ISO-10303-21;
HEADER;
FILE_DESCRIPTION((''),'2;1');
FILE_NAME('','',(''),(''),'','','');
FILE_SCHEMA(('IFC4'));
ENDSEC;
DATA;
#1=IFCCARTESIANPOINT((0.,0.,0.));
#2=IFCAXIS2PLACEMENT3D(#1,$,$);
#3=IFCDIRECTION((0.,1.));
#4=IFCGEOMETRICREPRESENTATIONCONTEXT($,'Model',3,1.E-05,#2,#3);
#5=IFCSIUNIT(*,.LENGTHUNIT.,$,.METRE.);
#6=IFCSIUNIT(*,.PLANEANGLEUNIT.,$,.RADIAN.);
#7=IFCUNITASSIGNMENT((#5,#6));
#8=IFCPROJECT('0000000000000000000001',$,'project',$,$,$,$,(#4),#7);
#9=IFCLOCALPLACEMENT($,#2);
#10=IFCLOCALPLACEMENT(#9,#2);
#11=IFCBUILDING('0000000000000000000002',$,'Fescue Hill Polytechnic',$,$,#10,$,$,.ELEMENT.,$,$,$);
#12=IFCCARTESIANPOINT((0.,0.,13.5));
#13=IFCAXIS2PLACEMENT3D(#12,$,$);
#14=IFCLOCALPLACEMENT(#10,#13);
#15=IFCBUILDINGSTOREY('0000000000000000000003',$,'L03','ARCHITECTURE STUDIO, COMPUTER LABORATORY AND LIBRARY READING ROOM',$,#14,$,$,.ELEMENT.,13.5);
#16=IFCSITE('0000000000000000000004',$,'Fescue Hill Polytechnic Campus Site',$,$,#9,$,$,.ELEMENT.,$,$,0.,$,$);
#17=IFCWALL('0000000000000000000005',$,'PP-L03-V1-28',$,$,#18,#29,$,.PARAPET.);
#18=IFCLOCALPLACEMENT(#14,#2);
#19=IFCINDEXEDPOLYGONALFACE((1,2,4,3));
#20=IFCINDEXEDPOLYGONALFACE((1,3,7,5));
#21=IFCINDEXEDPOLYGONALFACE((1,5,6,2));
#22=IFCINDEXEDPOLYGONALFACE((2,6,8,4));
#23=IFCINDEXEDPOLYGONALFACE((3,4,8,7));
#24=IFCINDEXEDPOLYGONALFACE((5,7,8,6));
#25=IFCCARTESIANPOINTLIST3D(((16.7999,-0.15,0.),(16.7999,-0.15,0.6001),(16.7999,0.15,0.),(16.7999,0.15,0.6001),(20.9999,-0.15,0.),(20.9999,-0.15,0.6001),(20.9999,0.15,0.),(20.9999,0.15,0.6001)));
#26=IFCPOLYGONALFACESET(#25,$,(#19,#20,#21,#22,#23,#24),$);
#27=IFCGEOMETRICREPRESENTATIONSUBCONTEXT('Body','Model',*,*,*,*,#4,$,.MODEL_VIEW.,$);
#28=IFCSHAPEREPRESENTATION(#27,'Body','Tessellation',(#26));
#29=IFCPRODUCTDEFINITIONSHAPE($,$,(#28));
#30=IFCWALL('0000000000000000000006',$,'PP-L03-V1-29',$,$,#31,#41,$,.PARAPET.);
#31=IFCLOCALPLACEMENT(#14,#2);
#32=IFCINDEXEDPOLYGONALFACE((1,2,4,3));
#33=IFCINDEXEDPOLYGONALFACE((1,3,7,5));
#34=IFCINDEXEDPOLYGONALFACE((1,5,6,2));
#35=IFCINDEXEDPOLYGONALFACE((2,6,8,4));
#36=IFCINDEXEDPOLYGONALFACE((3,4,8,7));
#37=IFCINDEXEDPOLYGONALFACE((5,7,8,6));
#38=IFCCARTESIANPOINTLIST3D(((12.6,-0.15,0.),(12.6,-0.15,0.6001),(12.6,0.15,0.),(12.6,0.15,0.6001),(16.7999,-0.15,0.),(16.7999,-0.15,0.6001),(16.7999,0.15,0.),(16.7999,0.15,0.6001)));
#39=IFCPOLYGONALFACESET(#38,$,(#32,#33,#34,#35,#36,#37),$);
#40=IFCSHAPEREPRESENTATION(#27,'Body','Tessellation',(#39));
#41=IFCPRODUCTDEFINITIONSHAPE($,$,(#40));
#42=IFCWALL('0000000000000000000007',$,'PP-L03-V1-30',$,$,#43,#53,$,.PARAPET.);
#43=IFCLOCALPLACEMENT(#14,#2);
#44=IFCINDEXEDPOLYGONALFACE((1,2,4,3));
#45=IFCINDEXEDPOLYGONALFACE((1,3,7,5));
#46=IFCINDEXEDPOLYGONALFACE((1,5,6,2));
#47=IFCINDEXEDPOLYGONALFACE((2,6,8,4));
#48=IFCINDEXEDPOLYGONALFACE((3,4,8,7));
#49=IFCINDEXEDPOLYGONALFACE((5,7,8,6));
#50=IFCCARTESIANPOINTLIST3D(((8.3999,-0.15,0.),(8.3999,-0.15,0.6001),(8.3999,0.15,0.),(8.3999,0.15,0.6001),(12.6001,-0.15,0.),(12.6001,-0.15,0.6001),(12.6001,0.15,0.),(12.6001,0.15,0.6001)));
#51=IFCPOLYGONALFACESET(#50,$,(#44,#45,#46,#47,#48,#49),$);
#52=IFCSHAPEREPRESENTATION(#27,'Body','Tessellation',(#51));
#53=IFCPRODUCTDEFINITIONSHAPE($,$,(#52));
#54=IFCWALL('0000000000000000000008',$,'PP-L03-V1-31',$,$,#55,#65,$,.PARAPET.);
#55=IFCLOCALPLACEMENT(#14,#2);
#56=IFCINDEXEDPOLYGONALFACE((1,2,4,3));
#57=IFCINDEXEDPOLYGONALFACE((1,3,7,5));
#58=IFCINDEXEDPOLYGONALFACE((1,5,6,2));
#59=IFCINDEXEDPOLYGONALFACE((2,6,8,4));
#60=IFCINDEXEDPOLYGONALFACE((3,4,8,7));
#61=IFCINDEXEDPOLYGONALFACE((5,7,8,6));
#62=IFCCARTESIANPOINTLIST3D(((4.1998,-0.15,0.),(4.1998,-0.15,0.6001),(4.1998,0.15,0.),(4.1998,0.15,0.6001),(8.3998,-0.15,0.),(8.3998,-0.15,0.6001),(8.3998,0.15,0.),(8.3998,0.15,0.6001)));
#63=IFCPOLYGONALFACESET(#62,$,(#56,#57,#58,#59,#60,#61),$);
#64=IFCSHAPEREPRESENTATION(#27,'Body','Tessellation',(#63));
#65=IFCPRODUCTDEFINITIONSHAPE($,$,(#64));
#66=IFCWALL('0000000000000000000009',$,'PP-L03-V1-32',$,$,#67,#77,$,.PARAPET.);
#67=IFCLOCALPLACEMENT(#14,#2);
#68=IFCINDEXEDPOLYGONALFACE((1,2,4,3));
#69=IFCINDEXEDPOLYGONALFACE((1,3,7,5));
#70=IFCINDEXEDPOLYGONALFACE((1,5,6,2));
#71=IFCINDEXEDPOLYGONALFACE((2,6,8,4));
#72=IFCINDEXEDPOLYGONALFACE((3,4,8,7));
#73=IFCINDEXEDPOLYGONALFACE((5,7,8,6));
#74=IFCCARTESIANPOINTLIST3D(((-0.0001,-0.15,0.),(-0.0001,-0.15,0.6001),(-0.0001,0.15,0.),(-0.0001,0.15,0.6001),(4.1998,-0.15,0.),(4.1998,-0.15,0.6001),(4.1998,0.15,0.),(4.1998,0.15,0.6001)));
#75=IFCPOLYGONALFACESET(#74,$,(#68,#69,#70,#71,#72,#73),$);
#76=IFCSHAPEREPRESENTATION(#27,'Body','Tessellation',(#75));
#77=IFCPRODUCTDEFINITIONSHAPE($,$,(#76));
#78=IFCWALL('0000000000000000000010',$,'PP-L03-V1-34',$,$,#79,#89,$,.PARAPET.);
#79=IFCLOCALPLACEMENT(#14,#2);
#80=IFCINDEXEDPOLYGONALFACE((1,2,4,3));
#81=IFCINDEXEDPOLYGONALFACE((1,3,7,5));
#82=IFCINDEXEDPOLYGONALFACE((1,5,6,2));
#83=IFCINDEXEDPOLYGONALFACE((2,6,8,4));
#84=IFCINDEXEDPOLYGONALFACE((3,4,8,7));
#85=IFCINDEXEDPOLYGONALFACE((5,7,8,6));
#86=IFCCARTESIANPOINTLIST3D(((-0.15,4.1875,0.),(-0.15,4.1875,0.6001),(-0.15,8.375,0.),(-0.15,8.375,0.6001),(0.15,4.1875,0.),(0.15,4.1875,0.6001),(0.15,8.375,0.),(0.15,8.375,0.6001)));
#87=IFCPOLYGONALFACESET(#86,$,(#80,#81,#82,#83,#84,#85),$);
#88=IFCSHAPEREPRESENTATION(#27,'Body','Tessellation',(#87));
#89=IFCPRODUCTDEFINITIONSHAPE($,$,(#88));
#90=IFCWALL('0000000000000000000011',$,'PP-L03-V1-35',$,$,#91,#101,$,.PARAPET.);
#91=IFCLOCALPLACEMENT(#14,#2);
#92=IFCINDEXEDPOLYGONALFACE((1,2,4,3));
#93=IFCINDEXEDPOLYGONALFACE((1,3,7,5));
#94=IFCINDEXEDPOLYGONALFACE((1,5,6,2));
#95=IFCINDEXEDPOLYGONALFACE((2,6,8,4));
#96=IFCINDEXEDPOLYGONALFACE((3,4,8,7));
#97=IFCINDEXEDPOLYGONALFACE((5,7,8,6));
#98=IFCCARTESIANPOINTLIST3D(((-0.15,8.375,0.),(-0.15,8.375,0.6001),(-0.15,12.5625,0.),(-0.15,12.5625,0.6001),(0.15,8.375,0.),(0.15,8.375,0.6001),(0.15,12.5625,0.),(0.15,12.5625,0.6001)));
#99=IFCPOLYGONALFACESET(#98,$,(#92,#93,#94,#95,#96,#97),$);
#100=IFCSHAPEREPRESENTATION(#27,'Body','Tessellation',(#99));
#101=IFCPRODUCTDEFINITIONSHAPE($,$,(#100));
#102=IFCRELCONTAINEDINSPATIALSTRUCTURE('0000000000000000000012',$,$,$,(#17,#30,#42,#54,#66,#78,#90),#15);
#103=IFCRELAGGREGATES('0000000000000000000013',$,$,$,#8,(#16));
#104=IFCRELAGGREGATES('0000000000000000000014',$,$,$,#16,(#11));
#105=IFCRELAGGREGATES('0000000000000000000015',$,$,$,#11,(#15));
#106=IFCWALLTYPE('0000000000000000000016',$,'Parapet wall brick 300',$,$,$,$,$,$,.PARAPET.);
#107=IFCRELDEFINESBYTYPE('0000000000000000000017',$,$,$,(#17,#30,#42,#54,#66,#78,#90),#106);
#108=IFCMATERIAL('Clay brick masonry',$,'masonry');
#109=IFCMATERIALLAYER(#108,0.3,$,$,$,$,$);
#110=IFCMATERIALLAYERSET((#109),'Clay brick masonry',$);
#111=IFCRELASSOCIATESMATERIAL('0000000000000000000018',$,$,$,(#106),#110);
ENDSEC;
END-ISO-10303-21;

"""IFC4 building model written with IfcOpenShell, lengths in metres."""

from ifc_helpers import new_model, si_unit, direction, frame, frame_2d, origin, place, context, subcontext, project, spatial, rectangle, extrude, material, layer, layer_set, type_object, element, save


model = new_model("IFC4")

# Units and contexts
model_context = context("Model", 3, precision=1e-05, world=origin(), true_north=direction((0.0, 1.0)))
body_context = subcontext(model_context, "Body", "Model", "MODEL_VIEW")
ifc_project = project(units=[si_unit("LENGTHUNIT", "METRE"), si_unit("PLANEANGLEUNIT", "RADIAN")], contexts=[model_context])

# Site, building, storey
site_placement = place(None, origin())
site = spatial("IfcSite", under=ifc_project, at=site_placement, Name="Fescue Hill Polytechnic Campus Site", CompositionType="ELEMENT", RefElevation=0.0)
building_placement = place(site_placement, origin())
building = spatial("IfcBuilding", under=site, at=building_placement, Name="Fescue Hill Polytechnic", CompositionType="ELEMENT")
storey_placement = place(building_placement, frame((0.0, 0.0, 13.5)))
storey = spatial("IfcBuildingStorey", under=building, at=storey_placement, Name="L03", Description="ARCHITECTURE STUDIO, COMPUTER LABORATORY AND LIBRARY READING ROOM", CompositionType="ELEMENT", Elevation=13.5)

# Walls
ifc_material_1 = material(Name="Clay brick masonry", Category="masonry")
ifc_layer_1 = layer(ifc_material_1, 0.3)
ifc_layer_set_1 = layer_set([ifc_layer_1], Name="Clay brick masonry")
wall_type_1 = type_object("IfcWallType", Name="Parapet wall brick 300", PredefinedType="PARAPET", material=ifc_layer_set_1)
for number, where, z_axis, x_axis, name in (
    (1, (21.0, 0.0, 0.0), (0.0, 0.0, 1.0), (-1.0, 0.0, 0.0), "PP-L03-V1-28"),
    (2, (16.8, 0.0, 0.0), (0.0, 0.0, 1.0), (-1.0, 0.0, 0.0), "PP-L03-V1-29"),
):
    element("IfcWall", number, at=place(storey_placement, frame(where, z_axis=z_axis, x_axis=x_axis)), inside=storey, type_object=wall_type_1, Name=name, PredefinedType="PARAPET", context=body_context, shape_type="SweptSolid", body=[
        extrude(rectangle(XDim=4.2, YDim=0.3, at=frame_2d((2.1001, 0.0))), origin(), (0.0, 0.0, 1.0), 0.6001),
    ])
wall_1_placement = place(storey_placement, frame((12.6001, 0.0, 0.0), z_axis=(0.0, 0.0, 1.0), x_axis=(-1.0, 0.0, 0.0)))
element("IfcWall", 3, at=wall_1_placement, inside=storey, type_object=wall_type_1, Name="PP-L03-V1-30", PredefinedType="PARAPET", context=body_context, shape_type="SweptSolid", body=[
    extrude(rectangle(XDim=4.2002, YDim=0.3, at=frame_2d((2.1001, 0.0))), origin(), (0.0, 0.0, 1.0), 0.6001),
])
for number, where, z_axis, x_axis, name in (
    (4, (8.3999, 0.0, 0.0), (0.0, 0.0, 1.0), (-1.0, 0.0, 0.0), "PP-L03-V1-31"),
    (5, (4.2, 0.0, 0.0), (0.0, 0.0, 1.0), (-1.0, 0.0, 0.0), "PP-L03-V1-32"),
):
    element("IfcWall", number, at=place(storey_placement, frame(where, z_axis=z_axis, x_axis=x_axis)), inside=storey, type_object=wall_type_1, Name=name, PredefinedType="PARAPET", context=body_context, shape_type="SweptSolid", body=[
        extrude(rectangle(XDim=4.2, YDim=0.3, at=frame_2d((2.1001, 0.0))), origin(), (0.0, 0.0, 1.0), 0.6001),
    ])
for number, where, z_axis, x_axis, name in (
    (6, (0.0, 4.1875, 0.0), (0.0, 0.0, 1.0), (0.0, 1.0, 0.0), "PP-L03-V1-34"),
    (7, (0.0, 8.375, 0.0), (0.0, 0.0, 1.0), (0.0, 1.0, 0.0), "PP-L03-V1-35"),
):
    element("IfcWall", number, at=place(storey_placement, frame(where, z_axis=z_axis, x_axis=x_axis)), inside=storey, type_object=wall_type_1, Name=name, PredefinedType="PARAPET", context=body_context, shape_type="SweptSolid", body=[
        extrude(rectangle(XDim=4.1875, YDim=0.3, at=frame_2d((2.0938, 0.0))), origin(), (0.0, 0.0, 1.0), 0.6001),
    ])

save(model, "model.ifc")
